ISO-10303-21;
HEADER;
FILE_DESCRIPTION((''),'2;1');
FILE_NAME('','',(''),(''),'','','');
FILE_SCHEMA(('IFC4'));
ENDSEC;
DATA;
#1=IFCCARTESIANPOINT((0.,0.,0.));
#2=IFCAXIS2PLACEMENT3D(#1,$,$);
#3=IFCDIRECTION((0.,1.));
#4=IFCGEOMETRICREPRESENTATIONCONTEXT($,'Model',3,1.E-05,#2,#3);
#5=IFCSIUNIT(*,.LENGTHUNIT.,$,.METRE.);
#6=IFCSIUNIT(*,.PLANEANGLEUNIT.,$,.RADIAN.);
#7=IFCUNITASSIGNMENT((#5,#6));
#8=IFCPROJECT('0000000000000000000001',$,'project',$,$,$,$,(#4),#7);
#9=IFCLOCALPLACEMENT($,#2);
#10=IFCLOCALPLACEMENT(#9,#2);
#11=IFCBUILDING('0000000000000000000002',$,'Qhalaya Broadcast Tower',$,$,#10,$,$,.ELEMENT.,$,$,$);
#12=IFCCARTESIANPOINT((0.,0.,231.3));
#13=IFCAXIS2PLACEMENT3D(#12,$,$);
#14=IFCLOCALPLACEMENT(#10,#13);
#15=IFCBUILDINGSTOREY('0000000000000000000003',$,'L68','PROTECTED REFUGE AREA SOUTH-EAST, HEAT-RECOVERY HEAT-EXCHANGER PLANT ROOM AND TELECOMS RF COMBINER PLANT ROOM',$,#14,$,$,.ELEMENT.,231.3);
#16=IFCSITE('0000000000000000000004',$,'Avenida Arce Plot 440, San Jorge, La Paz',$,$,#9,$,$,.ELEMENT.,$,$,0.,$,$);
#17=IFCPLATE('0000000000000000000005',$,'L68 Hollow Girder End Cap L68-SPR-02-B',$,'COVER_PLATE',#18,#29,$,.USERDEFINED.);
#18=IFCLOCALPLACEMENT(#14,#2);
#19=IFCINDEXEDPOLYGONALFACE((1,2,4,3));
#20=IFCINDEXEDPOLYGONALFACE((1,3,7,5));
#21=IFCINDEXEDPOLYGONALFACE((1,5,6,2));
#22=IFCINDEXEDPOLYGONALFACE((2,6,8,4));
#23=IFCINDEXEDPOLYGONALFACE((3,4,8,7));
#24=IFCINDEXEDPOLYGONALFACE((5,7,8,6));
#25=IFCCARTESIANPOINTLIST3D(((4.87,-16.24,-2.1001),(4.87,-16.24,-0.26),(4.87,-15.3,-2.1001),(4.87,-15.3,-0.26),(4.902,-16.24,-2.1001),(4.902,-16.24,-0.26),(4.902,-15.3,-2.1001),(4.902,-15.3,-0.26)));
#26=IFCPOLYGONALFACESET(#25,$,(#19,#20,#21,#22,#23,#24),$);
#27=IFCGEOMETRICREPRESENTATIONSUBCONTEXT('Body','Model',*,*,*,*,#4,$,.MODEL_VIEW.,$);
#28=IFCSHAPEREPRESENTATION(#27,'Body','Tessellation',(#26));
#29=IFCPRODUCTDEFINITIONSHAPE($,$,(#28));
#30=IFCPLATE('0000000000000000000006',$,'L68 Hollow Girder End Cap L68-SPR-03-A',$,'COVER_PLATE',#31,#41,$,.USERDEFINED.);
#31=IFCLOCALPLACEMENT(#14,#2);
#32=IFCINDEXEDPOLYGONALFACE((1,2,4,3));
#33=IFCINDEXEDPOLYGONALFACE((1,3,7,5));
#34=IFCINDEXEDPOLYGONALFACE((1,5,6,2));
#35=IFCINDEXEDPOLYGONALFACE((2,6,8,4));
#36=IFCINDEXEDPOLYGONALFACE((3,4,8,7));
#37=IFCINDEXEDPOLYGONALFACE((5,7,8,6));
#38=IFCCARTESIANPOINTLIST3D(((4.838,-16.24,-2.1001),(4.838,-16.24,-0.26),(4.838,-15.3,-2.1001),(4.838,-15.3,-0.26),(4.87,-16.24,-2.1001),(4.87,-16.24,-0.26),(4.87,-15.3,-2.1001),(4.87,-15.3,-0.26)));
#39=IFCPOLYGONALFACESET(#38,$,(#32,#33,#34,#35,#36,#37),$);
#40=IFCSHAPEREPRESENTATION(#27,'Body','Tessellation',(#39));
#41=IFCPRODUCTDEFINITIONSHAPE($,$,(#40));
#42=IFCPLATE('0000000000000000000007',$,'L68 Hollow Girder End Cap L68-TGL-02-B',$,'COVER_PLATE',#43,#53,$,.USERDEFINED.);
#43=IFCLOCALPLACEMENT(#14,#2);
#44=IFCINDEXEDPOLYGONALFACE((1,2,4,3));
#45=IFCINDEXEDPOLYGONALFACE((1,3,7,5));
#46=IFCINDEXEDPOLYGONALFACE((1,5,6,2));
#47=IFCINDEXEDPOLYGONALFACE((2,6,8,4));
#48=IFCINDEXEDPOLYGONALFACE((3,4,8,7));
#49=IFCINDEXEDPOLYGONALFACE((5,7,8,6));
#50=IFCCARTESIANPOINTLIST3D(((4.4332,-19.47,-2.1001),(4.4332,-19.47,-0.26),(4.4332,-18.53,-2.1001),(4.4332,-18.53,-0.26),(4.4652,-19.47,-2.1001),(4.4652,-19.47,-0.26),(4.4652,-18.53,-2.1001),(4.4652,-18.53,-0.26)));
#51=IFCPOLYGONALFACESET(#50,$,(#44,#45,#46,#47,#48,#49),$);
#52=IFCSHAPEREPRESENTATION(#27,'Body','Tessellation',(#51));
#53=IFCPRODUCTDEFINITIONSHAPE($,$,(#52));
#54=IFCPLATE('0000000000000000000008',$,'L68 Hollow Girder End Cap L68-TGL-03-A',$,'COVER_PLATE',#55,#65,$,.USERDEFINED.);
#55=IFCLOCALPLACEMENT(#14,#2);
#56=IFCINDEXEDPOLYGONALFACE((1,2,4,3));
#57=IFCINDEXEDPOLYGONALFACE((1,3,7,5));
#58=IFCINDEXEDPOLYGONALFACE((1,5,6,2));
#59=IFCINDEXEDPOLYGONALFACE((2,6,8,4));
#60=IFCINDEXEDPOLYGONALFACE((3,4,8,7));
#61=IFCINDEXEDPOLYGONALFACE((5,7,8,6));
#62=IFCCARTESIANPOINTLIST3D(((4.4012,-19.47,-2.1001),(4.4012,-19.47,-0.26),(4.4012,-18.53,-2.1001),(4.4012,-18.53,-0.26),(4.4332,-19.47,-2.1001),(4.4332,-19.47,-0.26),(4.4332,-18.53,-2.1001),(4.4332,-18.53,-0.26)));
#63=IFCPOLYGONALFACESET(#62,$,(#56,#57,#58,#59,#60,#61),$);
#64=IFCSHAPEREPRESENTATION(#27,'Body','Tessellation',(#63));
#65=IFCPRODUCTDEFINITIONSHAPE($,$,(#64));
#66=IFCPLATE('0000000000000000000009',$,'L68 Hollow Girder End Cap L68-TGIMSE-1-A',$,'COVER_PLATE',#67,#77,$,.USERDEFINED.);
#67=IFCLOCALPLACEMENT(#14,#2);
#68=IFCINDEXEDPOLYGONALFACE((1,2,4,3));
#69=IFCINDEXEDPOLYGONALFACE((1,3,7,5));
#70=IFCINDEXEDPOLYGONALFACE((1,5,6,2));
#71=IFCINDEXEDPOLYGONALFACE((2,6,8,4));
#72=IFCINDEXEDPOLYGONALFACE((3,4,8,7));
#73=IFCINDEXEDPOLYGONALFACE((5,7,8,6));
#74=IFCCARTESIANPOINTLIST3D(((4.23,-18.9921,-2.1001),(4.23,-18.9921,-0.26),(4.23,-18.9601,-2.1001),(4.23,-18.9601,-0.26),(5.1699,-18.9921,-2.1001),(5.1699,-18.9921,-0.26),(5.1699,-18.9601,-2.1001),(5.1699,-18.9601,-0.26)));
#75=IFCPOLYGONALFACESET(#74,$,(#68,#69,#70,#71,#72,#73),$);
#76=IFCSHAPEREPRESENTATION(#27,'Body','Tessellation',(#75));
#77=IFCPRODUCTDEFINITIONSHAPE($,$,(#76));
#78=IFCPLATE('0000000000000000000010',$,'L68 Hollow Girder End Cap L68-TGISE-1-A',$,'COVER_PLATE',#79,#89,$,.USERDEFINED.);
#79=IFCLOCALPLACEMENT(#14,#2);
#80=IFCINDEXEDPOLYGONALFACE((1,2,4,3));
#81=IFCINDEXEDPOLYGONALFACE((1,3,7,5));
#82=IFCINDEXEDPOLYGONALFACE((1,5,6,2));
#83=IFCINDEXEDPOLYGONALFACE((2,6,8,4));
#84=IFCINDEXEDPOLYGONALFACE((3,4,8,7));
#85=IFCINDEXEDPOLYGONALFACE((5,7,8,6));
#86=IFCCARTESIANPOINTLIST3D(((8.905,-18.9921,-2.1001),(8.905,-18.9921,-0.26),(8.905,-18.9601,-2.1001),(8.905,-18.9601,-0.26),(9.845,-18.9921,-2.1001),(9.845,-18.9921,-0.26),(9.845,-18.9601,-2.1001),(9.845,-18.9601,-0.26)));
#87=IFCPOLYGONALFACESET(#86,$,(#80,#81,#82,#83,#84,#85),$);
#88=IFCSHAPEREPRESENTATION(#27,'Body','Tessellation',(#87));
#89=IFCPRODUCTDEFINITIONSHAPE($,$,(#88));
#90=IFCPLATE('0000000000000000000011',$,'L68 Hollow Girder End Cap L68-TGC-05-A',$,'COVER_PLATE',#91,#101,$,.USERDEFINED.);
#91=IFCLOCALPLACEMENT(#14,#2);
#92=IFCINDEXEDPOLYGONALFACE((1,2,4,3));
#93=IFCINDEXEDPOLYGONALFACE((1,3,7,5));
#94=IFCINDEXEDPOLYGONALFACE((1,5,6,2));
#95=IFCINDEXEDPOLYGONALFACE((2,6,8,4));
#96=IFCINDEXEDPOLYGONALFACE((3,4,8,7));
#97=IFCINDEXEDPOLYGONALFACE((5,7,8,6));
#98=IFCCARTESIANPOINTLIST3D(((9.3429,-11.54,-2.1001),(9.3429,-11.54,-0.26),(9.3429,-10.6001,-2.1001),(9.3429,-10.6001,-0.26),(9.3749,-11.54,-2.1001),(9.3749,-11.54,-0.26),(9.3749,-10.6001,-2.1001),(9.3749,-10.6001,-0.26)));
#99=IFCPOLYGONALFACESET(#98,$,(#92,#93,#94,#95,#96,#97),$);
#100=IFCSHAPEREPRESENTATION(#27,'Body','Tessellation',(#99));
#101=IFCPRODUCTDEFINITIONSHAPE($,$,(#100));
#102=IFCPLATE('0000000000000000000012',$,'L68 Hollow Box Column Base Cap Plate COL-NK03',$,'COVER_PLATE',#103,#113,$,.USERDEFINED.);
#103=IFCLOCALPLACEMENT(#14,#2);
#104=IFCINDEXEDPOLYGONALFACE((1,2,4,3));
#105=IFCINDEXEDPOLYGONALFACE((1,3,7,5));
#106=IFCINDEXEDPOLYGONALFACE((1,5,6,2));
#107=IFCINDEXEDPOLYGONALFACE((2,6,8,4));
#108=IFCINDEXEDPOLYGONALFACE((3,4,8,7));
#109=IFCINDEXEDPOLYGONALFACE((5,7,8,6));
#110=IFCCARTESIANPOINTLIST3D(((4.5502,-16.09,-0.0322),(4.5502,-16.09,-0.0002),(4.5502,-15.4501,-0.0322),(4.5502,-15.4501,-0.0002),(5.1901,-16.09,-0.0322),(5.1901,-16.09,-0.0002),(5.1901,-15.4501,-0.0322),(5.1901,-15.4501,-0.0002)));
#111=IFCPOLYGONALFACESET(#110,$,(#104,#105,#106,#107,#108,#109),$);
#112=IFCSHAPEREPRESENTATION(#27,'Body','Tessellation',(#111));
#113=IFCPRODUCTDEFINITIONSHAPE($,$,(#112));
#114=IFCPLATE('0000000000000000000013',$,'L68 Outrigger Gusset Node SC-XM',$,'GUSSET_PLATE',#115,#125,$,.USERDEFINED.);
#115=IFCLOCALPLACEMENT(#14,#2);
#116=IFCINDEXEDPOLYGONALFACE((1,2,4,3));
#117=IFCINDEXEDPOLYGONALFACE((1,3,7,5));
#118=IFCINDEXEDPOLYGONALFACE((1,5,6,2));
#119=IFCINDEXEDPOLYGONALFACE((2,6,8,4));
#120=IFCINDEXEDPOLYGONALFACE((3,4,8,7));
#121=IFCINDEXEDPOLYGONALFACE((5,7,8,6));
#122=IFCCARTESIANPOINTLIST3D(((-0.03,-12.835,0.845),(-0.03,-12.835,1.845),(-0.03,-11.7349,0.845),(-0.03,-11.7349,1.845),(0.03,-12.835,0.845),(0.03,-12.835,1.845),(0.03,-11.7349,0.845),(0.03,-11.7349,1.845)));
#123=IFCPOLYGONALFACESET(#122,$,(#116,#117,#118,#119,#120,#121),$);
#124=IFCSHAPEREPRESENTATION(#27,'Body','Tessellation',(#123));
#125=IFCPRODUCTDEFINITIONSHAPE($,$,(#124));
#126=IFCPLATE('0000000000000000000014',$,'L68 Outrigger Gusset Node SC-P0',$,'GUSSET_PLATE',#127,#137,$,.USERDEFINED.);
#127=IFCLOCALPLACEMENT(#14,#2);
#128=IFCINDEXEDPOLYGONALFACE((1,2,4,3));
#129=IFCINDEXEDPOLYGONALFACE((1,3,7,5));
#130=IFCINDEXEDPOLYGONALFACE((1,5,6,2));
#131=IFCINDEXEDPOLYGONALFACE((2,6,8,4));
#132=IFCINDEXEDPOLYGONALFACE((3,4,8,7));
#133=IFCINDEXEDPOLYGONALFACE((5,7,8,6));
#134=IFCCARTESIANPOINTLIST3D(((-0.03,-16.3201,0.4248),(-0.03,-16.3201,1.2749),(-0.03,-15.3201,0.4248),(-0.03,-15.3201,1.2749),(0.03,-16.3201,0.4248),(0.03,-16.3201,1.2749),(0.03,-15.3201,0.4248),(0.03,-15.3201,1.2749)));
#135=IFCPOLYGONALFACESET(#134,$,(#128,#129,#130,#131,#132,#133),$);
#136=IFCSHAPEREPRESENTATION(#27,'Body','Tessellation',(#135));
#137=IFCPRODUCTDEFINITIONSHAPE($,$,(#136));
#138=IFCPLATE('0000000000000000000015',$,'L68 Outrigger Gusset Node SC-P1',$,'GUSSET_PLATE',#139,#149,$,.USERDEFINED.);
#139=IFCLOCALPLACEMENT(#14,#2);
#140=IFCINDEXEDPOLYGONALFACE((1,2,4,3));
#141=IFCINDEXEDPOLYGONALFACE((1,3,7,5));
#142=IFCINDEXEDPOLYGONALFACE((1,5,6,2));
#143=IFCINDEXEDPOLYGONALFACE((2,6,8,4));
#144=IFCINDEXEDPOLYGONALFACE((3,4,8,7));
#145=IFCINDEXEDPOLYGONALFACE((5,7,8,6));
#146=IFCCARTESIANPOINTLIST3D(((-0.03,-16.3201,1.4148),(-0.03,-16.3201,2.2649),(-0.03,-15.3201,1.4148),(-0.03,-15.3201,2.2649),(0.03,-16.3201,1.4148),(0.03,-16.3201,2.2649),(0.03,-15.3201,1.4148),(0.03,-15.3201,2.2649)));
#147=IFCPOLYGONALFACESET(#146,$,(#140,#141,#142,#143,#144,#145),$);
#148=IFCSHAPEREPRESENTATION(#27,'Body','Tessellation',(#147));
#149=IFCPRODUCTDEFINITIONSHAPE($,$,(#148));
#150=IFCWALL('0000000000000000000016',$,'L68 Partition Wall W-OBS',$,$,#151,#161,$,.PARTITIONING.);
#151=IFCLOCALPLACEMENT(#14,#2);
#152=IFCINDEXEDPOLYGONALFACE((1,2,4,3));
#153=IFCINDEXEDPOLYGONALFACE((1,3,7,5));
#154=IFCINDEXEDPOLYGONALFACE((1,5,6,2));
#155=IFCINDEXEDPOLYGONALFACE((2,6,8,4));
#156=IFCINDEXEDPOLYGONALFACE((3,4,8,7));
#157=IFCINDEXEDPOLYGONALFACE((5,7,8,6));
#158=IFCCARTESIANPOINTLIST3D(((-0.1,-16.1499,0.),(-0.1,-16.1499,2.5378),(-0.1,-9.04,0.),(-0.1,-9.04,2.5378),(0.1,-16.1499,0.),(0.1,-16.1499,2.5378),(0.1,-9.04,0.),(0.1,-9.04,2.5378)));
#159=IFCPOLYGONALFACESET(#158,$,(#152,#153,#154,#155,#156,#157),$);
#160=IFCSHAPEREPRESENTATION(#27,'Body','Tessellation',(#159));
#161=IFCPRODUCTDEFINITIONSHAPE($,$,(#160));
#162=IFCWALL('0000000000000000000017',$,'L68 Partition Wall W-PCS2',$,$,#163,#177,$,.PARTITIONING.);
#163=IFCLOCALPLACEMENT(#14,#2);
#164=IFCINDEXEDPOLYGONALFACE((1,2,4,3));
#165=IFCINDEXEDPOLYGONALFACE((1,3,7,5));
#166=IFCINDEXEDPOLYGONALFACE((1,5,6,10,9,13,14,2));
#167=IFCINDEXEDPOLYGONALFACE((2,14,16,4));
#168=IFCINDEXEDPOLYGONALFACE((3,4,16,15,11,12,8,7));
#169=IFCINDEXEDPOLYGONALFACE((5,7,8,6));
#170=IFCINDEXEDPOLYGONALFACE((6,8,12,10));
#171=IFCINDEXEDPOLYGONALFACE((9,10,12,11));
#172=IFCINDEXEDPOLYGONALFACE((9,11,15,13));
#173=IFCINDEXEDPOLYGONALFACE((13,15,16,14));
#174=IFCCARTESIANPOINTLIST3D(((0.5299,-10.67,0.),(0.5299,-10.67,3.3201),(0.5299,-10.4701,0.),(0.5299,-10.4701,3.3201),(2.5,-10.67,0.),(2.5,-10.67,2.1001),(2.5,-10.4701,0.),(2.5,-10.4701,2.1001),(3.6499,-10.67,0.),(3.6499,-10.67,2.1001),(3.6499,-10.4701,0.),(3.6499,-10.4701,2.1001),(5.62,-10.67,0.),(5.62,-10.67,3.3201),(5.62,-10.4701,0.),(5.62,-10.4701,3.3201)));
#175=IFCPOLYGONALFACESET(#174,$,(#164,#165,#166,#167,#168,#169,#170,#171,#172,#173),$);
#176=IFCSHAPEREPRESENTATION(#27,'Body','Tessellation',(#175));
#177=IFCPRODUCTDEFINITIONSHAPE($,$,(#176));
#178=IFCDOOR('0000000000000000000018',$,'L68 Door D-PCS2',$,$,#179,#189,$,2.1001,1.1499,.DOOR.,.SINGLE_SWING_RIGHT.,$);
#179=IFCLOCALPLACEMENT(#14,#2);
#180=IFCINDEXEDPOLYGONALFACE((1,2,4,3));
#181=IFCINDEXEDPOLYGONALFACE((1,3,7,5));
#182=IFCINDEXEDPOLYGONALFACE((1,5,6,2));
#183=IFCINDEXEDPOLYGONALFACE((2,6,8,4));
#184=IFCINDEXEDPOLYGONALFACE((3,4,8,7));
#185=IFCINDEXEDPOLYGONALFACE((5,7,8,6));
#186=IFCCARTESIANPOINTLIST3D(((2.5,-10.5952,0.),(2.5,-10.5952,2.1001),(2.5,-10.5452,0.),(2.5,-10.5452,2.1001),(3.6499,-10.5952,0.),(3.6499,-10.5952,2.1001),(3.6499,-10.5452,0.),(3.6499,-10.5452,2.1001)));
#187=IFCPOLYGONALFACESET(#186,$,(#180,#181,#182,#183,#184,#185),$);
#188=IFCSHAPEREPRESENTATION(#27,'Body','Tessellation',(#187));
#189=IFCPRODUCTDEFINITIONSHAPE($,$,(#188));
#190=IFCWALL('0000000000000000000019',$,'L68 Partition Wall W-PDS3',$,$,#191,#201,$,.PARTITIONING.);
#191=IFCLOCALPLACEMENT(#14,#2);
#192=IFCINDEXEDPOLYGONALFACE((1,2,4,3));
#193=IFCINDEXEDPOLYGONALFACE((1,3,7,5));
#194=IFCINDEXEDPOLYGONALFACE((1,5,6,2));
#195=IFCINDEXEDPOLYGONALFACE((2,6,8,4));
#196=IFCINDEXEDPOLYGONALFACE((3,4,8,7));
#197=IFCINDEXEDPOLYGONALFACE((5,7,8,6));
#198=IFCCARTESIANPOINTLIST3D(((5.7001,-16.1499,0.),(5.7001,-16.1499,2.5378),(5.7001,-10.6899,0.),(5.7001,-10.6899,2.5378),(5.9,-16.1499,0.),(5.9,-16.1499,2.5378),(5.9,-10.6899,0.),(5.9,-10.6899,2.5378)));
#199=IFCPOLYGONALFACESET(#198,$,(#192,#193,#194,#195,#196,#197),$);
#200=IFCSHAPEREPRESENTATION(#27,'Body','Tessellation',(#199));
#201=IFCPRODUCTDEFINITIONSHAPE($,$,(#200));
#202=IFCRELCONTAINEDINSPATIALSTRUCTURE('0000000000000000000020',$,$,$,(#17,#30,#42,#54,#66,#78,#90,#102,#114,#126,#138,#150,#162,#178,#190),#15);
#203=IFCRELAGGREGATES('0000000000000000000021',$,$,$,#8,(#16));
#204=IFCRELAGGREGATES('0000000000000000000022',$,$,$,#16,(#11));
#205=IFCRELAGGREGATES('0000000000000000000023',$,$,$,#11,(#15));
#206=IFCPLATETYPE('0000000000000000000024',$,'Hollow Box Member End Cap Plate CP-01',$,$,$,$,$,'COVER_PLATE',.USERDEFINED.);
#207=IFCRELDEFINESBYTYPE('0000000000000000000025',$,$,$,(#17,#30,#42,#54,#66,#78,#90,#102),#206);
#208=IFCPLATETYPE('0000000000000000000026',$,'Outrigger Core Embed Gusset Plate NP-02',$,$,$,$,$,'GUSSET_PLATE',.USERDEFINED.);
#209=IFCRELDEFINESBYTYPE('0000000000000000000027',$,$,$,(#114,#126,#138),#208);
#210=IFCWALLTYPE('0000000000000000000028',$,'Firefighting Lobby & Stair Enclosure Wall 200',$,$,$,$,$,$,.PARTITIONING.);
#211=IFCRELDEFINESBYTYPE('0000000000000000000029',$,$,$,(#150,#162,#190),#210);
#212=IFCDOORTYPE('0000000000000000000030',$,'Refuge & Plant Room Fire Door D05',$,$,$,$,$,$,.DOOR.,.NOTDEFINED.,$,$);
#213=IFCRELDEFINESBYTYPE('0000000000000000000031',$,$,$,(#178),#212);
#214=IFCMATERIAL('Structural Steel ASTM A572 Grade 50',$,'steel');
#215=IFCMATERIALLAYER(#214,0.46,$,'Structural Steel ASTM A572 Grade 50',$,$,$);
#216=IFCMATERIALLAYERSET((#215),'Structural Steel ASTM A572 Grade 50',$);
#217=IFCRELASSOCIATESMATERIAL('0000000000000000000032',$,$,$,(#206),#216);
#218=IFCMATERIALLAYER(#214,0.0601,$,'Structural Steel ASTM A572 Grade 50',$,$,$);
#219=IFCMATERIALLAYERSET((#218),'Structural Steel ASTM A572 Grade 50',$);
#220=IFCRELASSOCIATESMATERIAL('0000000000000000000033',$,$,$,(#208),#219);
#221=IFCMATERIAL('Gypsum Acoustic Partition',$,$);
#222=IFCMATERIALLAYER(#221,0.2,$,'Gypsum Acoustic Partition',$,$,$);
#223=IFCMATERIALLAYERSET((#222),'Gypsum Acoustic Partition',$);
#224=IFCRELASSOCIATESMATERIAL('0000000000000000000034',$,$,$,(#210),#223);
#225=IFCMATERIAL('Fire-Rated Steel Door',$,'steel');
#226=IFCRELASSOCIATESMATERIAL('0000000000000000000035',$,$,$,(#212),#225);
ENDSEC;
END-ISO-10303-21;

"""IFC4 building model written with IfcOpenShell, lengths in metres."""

from ifc_helpers import new_model, si_unit, direction, frame, frame_2d, origin, origin_2d, place, context, subcontext, project, spatial, rectangle, extrude, material, layer, layer_set, type_object, element, fill, save


model = new_model("IFC4")

# Units and contexts
model_context = context("Model", 3, precision=1e-05, world=origin(), true_north=direction((0.0, 1.0)))
body_context = subcontext(model_context, "Body", "Model", "MODEL_VIEW")
ifc_project = project(units=[si_unit("LENGTHUNIT", "METRE"), si_unit("PLANEANGLEUNIT", "RADIAN")], contexts=[model_context])

# Site, building, storey
site_placement = place(None, origin())
site = spatial("IfcSite", under=ifc_project, at=site_placement, Name="Avenida Arce Plot 440, San Jorge, La Paz", CompositionType="ELEMENT", RefElevation=0.0)
building_placement = place(site_placement, origin())
building = spatial("IfcBuilding", under=site, at=building_placement, Name="Qhalaya Broadcast Tower", CompositionType="ELEMENT")
storey_placement = place(building_placement, frame((0.0, 0.0, 231.3)))
storey = spatial("IfcBuildingStorey", under=building, at=storey_placement, Name="L68", Description="PROTECTED REFUGE AREA SOUTH-EAST, HEAT-RECOVERY HEAT-EXCHANGER PLANT ROOM AND TELECOMS RF COMBINER PLANT ROOM", CompositionType="ELEMENT", Elevation=231.3)

# Shared definitions
ifc_material_1 = material(Name="Structural Steel ASTM A572 Grade 50", Category="steel")

# Plates
ifc_layer_1 = layer(ifc_material_1, 0.46, Name="Structural Steel ASTM A572 Grade 50")
ifc_layer_set_1 = layer_set([ifc_layer_1], Name="Structural Steel ASTM A572 Grade 50")
plate_type_1 = type_object("IfcPlateType", Name="Hollow Box Member End Cap Plate CP-01", ElementType="COVER_PLATE", PredefinedType="USERDEFINED", material=ifc_layer_set_1)
for number, where, z_axis, x_axis, name in (
    (1, (4.886, -15.77, -2.1001), (0.0, 0.0, 1.0), (0.0, 1.0, 0.0), "L68 Hollow Girder End Cap L68-SPR-02-B"),
    (2, (4.854, -15.77, -2.1001), (0.0, 0.0, 1.0), (0.0, 1.0, 0.0), "L68 Hollow Girder End Cap L68-SPR-03-A"),
    (3, (4.4492, -19.0, -2.1001), (0.0, 0.0, 1.0), (0.0, 1.0, 0.0), "L68 Hollow Girder End Cap L68-TGL-02-B"),
    (4, (4.4172, -19.0, -2.1001), (0.0, 0.0, 1.0), (0.0, 1.0, 0.0), "L68 Hollow Girder End Cap L68-TGL-03-A"),
    (5, (4.7, -18.9761, -2.1001), (0.0, 0.0, 1.0), (-1.0, 0.0, 0.0), "L68 Hollow Girder End Cap L68-TGIMSE-1-A"),
    (6, (9.375, -18.9761, -2.1001), (0.0, 0.0, 1.0), (-1.0, 0.0, 0.0), "L68 Hollow Girder End Cap L68-TGISE-1-A"),
    (7, (9.3589, -11.0701, -2.1001), (0.0, 0.0, 1.0), (0.0, 1.0, 0.0), "L68 Hollow Girder End Cap L68-TGC-05-A"),
):
    element("IfcPlate", number, at=place(storey_placement, frame(where, z_axis=z_axis, x_axis=x_axis)), inside=storey, type_object=plate_type_1, Name=name, ObjectType="COVER_PLATE", PredefinedType="USERDEFINED", context=body_context, shape_type="SweptSolid", body=[
        extrude(rectangle(XDim=0.9399, YDim=0.032, at=origin_2d()), origin(), (0.0, 0.0, 1.0), 1.8401),
    ])
plate_1_placement = place(storey_placement, frame((4.8701, -15.77, -0.0322), z_axis=(0.0, 0.0, 1.0), x_axis=(1.0, 0.0, 0.0)))
element("IfcPlate", 8, at=plate_1_placement, inside=storey, type_object=plate_type_1, Name="L68 Hollow Box Column Base Cap Plate COL-NK03", ObjectType="COVER_PLATE", PredefinedType="USERDEFINED", context=body_context, shape_type="SweptSolid", body=[
    extrude(rectangle(XDim=0.6399, YDim=0.6399, at=origin_2d()), origin(), (0.0, 0.0, 1.0), 0.032),
])
ifc_layer_2 = layer(ifc_material_1, 0.0601, Name="Structural Steel ASTM A572 Grade 50")
ifc_layer_set_2 = layer_set([ifc_layer_2], Name="Structural Steel ASTM A572 Grade 50")
plate_type_2 = type_object("IfcPlateType", Name="Outrigger Core Embed Gusset Plate NP-02", ElementType="GUSSET_PLATE", PredefinedType="USERDEFINED", material=ifc_layer_set_2)
plate_2_placement = place(storey_placement, frame((0.0, -12.2849, 0.845), z_axis=(0.0, 0.0, 1.0), x_axis=(0.0, -1.0, 0.0)))
element("IfcPlate", 9, at=plate_2_placement, inside=storey, type_object=plate_type_2, Name="L68 Outrigger Gusset Node SC-XM", ObjectType="GUSSET_PLATE", PredefinedType="USERDEFINED", context=body_context, shape_type="SweptSolid", body=[
    extrude(rectangle(XDim=1.1001, YDim=0.0601, at=origin_2d()), origin(), (0.0, 0.0, 1.0), 1.0),
])
for number, where, z_axis, x_axis, name in (
    (10, (0.0, -15.8201, 0.4248), (0.0, 0.0, 1.0), (0.0, -1.0, 0.0), "L68 Outrigger Gusset Node SC-P0"),
    (11, (0.0, -15.8201, 1.4148), (0.0, 0.0, 1.0), (0.0, -1.0, 0.0), "L68 Outrigger Gusset Node SC-P1"),
):
    element("IfcPlate", number, at=place(storey_placement, frame(where, z_axis=z_axis, x_axis=x_axis)), inside=storey, type_object=plate_type_2, Name=name, ObjectType="GUSSET_PLATE", PredefinedType="USERDEFINED", context=body_context, shape_type="SweptSolid", body=[
        extrude(rectangle(XDim=1.0, YDim=0.0601, at=origin_2d()), origin(), (0.0, 0.0, 1.0), 0.8501),
    ])

# Wall
ifc_material_2 = material(Name="Gypsum Acoustic Partition")
ifc_layer_3 = layer(ifc_material_2, 0.2, Name="Gypsum Acoustic Partition")
ifc_layer_set_3 = layer_set([ifc_layer_3], Name="Gypsum Acoustic Partition")
wall_type_1 = type_object("IfcWallType", Name="Firefighting Lobby & Stair Enclosure Wall 200", PredefinedType="PARTITIONING", material=ifc_layer_set_3)
wall_1_placement = place(storey_placement, frame((0.0, -16.1499, 0.0), z_axis=(0.0, 0.0, 1.0), x_axis=(0.0, 1.0, 0.0)))
element("IfcWall", 12, at=wall_1_placement, inside=storey, type_object=wall_type_1, Name="L68 Partition Wall W-OBS", PredefinedType="PARTITIONING", context=body_context, shape_type="SweptSolid", body=[
    extrude(rectangle(XDim=7.1099, YDim=0.2, at=frame_2d((3.5549, 0.0))), origin(), (0.0, 0.0, 1.0), 2.5378),
])

# Wall, opening, door
wall_2_placement = place(storey_placement, frame((0.53, -10.5701, 0.0), z_axis=(0.0, 0.0, 1.0), x_axis=(1.0, 0.0, 0.0)))
wall_2 = element("IfcWall", 13, at=wall_2_placement, inside=storey, type_object=wall_type_1, Name="L68 Partition Wall W-PCS2", PredefinedType="PARTITIONING", context=body_context, shape_type="SweptSolid", body=[
    extrude(rectangle(XDim=5.0901, YDim=0.2, at=frame_2d((2.5449, 0.0))), origin(), (0.0, 0.0, 1.0), 3.3201),
])
opening_1_placement = place(wall_2_placement, frame((1.97, 0.0, 0.0)))
opening_1 = element("IfcOpeningElement", 14, at=opening_1_placement, cuts=wall_2, PredefinedType="OPENING", context=body_context, shape_type="SweptSolid", body=[
    extrude(rectangle(XDim=1.1499, YDim=2.1001, at=frame_2d((0.575, 1.05))), frame((0.0, 0.1121, 0.0), z_axis=(0.0, -1.0, 0.0), x_axis=(1.0, 0.0, 0.0)), (0.0, 0.0, 1.0), 0.2239),
])
ifc_material_3 = material(Name="Fire-Rated Steel Door", Category="steel")
door_type = type_object("IfcDoorType", Name="Refuge & Plant Room Fire Door D05", OperationType="NOTDEFINED", PredefinedType="DOOR", material=ifc_material_3)
door_1_placement = place(opening_1_placement, origin())
door_1 = element("IfcDoor", 15, at=door_1_placement, inside=storey, type_object=door_type, Name="L68 Door D-PCS2", OperationType="SINGLE_SWING_RIGHT", OverallHeight=2.1001, OverallWidth=1.1499, PredefinedType="DOOR", context=body_context, shape_type="SweptSolid", body=[
    extrude(rectangle(XDim=1.1499, YDim=2.1001, at=frame_2d((0.575, 1.05))), frame((0.0, 0.0249, 0.0), z_axis=(0.0, -1.0, 0.0), x_axis=(1.0, 0.0, 0.0)), (0.0, 0.0, 1.0), 0.05),
])
fill(opening_1, door_1)

# Wall
wall_3_placement = place(storey_placement, frame((5.8, -16.1499, 0.0), z_axis=(0.0, 0.0, 1.0), x_axis=(0.0, 1.0, 0.0)))
element("IfcWall", 16, at=wall_3_placement, inside=storey, type_object=wall_type_1, Name="L68 Partition Wall W-PDS3", PredefinedType="PARTITIONING", context=body_context, shape_type="SweptSolid", body=[
    extrude(rectangle(XDim=5.46, YDim=0.2, at=frame_2d((2.73, 0.0))), origin(), (0.0, 0.0, 1.0), 2.5378),
])

save(model, "model.ifc")
